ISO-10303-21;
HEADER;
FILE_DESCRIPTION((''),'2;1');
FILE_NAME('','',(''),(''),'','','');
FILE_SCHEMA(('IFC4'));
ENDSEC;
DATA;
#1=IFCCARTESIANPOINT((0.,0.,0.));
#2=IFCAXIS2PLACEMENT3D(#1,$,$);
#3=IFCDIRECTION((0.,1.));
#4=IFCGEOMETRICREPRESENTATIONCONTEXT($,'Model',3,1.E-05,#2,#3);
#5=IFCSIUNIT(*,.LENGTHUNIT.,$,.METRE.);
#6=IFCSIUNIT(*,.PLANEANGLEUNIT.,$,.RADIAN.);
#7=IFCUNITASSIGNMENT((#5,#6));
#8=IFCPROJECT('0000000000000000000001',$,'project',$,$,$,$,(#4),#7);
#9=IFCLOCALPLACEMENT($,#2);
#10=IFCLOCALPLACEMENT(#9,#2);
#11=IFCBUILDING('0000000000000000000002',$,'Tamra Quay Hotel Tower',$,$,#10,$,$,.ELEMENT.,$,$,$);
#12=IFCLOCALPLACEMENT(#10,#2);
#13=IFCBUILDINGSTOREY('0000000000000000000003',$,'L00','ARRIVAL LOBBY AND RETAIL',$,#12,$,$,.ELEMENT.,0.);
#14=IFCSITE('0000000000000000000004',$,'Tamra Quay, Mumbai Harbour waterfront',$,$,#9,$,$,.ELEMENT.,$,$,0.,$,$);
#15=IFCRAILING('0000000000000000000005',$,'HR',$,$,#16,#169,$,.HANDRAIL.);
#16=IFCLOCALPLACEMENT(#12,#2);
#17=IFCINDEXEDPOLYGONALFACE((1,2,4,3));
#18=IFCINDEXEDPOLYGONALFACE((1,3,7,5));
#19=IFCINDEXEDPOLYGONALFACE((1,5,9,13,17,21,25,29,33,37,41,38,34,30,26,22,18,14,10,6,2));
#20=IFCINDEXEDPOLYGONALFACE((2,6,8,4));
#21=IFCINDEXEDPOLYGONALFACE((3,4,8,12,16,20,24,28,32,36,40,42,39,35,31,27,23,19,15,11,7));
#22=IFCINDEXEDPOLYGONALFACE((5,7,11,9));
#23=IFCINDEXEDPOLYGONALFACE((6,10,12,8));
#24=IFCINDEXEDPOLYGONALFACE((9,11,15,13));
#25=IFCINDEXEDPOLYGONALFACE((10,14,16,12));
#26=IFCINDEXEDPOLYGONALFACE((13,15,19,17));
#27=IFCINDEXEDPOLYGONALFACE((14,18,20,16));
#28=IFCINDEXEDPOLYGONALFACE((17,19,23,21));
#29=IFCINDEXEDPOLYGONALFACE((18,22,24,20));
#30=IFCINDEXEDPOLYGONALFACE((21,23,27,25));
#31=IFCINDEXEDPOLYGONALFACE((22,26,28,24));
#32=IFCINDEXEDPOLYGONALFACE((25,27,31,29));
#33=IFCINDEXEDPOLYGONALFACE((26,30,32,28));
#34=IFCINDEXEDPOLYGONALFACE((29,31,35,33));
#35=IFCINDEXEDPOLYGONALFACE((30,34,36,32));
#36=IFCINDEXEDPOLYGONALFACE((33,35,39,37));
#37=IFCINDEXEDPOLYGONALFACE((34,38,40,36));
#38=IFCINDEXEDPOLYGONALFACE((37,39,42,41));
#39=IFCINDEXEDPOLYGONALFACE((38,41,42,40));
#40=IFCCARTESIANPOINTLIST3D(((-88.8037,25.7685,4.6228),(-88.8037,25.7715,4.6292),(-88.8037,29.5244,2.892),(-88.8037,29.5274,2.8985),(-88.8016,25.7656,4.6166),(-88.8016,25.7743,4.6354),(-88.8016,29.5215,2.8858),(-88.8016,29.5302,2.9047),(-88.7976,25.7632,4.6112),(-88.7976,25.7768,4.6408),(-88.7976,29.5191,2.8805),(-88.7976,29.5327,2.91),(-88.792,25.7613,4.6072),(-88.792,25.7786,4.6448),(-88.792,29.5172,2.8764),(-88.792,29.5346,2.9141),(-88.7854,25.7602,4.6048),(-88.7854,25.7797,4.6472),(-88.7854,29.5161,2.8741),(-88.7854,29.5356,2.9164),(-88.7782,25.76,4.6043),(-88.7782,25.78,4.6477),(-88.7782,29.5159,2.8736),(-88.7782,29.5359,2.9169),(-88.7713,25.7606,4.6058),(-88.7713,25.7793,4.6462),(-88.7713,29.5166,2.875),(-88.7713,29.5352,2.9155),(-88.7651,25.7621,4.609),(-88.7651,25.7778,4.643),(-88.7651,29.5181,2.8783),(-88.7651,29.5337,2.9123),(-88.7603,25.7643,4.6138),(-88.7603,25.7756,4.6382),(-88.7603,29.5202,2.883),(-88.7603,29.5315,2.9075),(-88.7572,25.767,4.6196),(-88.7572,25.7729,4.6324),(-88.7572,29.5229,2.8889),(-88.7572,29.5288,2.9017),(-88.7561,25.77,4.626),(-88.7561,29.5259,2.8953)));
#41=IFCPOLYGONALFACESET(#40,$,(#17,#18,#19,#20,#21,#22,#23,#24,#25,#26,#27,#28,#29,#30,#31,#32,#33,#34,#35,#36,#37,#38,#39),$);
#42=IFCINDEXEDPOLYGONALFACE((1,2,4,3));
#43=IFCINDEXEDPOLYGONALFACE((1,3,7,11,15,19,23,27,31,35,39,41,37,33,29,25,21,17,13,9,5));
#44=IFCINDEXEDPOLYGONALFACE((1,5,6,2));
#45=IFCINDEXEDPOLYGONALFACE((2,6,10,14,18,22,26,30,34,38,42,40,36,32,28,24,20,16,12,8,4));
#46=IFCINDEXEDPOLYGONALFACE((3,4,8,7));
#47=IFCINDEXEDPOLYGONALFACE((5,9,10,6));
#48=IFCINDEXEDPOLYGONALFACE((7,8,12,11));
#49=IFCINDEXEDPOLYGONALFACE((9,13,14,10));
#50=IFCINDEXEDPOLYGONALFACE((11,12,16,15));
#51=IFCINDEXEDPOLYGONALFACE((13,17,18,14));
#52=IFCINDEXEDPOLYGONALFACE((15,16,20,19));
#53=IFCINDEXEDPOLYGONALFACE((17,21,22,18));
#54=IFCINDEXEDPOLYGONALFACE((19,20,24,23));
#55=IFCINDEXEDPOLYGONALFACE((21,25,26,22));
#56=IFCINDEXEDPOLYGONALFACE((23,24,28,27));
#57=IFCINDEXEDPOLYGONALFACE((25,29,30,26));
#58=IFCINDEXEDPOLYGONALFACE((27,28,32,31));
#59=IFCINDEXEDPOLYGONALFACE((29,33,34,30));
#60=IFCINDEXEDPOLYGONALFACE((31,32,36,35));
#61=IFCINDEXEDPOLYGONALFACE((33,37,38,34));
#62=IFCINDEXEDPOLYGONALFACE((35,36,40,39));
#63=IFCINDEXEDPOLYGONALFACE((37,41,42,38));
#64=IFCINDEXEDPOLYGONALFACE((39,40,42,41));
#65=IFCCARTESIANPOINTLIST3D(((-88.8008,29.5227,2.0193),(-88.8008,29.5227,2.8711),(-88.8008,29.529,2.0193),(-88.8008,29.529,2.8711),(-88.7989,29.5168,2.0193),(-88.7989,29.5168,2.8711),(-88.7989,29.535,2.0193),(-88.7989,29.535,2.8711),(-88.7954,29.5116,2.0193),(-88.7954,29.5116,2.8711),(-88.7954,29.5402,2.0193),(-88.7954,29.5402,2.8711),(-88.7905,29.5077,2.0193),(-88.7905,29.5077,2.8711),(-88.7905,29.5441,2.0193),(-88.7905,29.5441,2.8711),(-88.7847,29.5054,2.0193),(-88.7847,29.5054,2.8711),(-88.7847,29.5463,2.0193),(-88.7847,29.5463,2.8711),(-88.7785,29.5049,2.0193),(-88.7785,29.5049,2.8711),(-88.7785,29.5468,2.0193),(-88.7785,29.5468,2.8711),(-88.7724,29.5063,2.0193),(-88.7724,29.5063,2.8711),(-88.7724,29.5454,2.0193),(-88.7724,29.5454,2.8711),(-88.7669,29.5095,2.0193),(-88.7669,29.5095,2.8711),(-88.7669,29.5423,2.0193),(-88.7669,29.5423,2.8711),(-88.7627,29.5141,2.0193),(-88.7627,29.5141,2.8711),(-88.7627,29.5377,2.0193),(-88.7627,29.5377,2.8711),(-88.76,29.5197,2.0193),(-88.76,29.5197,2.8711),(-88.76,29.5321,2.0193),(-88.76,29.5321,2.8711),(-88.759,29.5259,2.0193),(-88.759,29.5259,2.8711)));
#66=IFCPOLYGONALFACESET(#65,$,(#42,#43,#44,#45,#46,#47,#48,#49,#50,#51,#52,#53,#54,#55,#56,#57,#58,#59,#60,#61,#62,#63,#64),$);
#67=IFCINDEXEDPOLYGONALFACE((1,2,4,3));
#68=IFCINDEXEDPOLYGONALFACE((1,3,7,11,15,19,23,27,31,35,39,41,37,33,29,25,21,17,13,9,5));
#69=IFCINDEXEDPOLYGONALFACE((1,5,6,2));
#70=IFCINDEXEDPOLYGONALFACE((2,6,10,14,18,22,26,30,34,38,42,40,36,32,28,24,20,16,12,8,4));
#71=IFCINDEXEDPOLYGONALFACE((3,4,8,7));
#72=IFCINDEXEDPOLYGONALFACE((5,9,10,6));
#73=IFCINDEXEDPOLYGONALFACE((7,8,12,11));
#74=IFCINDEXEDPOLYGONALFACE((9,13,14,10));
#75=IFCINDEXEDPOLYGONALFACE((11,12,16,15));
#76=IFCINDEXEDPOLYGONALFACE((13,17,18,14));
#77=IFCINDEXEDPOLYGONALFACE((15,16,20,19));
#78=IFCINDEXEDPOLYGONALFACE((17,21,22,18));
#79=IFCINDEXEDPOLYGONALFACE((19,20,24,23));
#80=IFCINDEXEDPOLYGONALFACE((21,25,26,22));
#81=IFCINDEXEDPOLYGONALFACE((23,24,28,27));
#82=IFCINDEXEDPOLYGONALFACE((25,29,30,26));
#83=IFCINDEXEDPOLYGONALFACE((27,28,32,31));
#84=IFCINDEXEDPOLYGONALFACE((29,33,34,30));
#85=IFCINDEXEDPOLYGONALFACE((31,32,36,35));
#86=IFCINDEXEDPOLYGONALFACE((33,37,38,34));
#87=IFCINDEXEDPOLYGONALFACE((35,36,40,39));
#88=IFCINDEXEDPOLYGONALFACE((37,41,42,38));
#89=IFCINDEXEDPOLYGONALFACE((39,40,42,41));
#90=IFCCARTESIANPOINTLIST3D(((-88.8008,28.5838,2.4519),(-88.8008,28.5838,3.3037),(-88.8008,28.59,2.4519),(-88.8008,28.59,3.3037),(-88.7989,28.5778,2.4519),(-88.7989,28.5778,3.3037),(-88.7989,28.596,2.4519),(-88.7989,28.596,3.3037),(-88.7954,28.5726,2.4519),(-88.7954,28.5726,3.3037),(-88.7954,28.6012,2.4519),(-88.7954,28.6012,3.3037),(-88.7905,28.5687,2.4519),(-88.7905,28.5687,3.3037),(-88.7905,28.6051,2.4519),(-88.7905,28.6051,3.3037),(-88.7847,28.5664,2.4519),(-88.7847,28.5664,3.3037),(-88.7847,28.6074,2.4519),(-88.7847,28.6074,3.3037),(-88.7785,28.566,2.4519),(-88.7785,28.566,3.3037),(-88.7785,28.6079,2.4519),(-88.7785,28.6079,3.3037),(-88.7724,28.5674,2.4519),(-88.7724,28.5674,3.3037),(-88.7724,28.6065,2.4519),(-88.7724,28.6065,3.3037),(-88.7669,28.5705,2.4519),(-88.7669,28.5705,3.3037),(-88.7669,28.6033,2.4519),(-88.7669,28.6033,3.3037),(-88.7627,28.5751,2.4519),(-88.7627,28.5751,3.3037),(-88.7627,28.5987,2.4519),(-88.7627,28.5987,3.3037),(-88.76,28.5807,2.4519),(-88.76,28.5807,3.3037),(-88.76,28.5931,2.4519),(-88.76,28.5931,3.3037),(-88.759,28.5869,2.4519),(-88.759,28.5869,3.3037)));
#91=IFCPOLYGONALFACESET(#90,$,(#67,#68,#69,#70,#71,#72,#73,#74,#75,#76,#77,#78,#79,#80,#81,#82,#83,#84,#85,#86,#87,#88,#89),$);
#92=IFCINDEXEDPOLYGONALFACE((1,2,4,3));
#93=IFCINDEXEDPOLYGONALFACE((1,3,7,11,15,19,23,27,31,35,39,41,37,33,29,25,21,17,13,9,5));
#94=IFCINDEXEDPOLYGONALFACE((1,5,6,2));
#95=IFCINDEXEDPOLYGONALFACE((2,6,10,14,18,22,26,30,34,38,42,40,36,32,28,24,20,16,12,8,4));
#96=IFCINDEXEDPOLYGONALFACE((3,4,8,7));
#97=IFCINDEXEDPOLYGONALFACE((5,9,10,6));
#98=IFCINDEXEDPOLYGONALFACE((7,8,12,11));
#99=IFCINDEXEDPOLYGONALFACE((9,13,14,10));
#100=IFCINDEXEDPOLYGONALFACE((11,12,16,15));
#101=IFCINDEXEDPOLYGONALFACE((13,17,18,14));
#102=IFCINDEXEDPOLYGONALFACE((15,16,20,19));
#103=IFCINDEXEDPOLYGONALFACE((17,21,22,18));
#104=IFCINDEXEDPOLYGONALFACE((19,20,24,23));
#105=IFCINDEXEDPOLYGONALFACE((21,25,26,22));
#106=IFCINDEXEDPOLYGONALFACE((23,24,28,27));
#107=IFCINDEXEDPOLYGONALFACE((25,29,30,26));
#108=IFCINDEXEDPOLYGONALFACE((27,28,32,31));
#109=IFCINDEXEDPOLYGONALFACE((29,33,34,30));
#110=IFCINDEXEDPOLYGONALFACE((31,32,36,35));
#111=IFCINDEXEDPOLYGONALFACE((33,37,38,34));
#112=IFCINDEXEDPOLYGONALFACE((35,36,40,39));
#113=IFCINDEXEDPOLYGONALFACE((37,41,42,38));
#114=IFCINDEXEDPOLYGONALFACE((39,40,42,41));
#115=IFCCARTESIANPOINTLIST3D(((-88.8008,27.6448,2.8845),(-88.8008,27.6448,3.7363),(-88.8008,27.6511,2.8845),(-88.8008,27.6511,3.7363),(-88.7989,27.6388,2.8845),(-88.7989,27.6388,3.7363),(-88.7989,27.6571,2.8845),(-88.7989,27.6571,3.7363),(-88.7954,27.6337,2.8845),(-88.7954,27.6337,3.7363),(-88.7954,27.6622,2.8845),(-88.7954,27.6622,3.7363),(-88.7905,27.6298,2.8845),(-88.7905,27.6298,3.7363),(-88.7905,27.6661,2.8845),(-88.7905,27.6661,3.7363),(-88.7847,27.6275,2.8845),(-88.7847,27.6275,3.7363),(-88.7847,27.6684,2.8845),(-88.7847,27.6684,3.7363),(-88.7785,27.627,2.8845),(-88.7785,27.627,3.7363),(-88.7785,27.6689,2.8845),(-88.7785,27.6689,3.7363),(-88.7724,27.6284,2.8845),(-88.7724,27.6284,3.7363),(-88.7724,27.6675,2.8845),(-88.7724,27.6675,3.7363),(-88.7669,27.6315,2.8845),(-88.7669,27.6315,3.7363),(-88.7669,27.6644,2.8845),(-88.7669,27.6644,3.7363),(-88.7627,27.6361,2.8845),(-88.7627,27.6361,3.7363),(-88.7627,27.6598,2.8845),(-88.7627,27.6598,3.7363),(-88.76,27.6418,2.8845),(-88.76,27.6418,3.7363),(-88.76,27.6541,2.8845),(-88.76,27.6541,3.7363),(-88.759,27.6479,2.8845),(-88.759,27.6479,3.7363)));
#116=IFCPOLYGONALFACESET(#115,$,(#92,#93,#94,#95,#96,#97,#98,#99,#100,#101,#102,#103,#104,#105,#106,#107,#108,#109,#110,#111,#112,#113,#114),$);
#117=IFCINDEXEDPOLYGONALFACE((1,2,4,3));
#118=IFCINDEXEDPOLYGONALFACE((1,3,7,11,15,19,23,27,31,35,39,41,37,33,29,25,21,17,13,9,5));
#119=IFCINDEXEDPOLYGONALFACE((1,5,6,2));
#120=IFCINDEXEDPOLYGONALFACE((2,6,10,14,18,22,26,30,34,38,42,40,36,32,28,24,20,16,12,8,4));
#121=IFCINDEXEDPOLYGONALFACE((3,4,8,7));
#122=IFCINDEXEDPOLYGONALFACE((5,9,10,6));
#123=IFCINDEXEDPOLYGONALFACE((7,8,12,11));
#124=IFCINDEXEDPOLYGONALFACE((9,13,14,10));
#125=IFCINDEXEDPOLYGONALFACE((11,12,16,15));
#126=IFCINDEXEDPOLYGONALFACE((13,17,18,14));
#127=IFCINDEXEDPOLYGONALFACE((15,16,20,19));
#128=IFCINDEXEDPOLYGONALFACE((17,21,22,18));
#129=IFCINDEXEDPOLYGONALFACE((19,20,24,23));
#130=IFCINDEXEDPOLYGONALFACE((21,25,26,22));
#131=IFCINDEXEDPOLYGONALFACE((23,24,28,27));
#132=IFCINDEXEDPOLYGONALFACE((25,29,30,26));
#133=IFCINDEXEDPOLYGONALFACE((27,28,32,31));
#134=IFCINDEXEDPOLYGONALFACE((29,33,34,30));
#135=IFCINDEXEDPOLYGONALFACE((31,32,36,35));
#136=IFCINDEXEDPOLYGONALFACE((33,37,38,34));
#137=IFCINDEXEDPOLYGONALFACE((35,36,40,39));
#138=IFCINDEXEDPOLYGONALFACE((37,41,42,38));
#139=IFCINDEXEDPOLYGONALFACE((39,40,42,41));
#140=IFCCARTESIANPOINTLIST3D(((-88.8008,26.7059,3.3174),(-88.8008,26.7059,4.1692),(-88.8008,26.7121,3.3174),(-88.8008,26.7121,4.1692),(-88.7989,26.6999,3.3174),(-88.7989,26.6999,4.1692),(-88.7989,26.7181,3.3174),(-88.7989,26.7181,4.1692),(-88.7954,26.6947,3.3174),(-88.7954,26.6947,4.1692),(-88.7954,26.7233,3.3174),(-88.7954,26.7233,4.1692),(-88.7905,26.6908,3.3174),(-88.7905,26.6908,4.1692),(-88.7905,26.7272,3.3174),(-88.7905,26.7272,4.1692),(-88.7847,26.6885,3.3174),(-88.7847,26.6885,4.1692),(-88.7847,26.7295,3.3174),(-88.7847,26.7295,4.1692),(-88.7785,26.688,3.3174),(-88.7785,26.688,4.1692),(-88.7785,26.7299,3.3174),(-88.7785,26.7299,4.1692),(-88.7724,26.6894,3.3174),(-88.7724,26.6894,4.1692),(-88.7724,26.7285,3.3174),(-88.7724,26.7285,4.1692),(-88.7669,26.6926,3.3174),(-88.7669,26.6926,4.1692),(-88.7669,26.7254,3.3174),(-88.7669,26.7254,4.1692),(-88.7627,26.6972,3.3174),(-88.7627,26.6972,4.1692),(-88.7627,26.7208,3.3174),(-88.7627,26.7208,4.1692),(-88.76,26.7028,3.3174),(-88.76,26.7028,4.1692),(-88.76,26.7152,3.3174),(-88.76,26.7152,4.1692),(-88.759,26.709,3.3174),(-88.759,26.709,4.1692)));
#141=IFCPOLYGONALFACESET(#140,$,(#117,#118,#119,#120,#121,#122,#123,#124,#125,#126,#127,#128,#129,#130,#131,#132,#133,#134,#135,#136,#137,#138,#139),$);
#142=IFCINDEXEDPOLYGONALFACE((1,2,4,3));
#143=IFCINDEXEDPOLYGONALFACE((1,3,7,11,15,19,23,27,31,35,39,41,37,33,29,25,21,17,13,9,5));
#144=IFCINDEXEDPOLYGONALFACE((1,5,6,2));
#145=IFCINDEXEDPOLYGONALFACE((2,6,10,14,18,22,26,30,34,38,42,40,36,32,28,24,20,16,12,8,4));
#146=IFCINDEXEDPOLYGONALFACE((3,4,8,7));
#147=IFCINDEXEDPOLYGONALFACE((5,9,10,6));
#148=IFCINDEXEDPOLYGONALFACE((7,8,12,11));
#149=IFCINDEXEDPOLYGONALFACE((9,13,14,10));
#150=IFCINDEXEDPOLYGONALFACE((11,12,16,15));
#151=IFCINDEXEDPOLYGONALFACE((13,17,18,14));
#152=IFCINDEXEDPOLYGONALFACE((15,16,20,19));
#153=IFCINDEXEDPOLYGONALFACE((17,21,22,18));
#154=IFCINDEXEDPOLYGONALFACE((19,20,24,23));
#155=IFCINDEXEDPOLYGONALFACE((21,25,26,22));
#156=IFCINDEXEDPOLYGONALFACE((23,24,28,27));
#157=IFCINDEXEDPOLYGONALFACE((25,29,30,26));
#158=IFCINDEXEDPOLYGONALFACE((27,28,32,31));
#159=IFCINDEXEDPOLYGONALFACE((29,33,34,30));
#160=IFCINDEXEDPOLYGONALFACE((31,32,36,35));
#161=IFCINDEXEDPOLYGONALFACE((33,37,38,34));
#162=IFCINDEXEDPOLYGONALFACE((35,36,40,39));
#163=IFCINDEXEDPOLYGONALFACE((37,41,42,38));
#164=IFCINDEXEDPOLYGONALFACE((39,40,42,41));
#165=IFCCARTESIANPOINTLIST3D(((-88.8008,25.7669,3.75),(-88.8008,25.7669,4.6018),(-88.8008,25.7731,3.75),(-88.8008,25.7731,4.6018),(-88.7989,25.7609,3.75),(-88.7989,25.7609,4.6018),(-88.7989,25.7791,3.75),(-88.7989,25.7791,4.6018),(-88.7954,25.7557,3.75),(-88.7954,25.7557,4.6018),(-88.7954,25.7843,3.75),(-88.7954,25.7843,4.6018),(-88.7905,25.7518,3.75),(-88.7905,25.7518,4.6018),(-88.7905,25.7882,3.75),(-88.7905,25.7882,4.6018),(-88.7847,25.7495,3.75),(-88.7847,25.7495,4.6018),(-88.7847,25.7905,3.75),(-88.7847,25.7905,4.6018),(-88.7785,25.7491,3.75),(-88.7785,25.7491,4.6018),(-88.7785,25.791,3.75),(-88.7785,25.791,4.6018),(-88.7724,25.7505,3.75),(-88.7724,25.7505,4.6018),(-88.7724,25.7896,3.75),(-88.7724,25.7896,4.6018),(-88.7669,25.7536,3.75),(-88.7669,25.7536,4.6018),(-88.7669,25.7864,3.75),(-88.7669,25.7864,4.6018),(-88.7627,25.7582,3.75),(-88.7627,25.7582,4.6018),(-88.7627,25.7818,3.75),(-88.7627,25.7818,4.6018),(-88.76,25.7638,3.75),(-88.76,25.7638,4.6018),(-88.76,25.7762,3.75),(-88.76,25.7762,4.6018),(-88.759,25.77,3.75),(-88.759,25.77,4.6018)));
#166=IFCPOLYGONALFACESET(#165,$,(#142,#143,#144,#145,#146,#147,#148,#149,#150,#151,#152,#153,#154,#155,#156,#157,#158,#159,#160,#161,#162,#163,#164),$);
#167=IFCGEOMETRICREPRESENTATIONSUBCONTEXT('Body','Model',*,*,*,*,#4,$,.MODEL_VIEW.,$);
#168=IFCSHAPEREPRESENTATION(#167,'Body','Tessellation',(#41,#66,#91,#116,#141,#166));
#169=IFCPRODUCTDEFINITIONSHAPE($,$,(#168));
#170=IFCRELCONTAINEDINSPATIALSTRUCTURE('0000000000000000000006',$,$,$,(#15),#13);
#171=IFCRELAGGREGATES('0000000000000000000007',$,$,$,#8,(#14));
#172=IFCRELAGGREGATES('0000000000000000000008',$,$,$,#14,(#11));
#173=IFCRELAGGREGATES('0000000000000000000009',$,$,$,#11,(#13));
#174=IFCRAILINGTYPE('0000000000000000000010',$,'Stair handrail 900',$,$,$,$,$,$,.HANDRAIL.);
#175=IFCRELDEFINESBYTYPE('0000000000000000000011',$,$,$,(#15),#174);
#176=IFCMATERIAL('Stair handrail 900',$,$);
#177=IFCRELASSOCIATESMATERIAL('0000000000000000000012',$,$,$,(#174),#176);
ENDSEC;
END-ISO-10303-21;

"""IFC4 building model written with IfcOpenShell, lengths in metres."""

from ifc_helpers import new_model, si_unit, direction, frame, origin, origin_2d, place, context, subcontext, project, spatial, circle, extrude, material, type_object, element, save


model = new_model("IFC4")

# Units and contexts
model_context = context("Model", 3, precision=1e-05, world=origin(), true_north=direction((0.0, 1.0)))
body_context = subcontext(model_context, "Body", "Model", "MODEL_VIEW")
ifc_project = project(units=[si_unit("LENGTHUNIT", "METRE"), si_unit("PLANEANGLEUNIT", "RADIAN")], contexts=[model_context])

# Site, building, storey
site_placement = place(None, origin())
site = spatial("IfcSite", under=ifc_project, at=site_placement, Name="Tamra Quay, Mumbai Harbour waterfront", CompositionType="ELEMENT", RefElevation=0.0)
building_placement = place(site_placement, origin())
building = spatial("IfcBuilding", under=site, at=building_placement, Name="Tamra Quay Hotel Tower", CompositionType="ELEMENT")
storey_placement = place(building_placement, origin())
storey = spatial("IfcBuildingStorey", under=building, at=storey_placement, Name="L00", Description="ARRIVAL LOBBY AND RETAIL", CompositionType="ELEMENT", Elevation=0.0)

# Railing
ifc_material_1 = material(Name="Stair handrail 900")
railing_type_1 = type_object("IfcRailingType", Name="Stair handrail 900", PredefinedType="HANDRAIL", material=ifc_material_1)
railing_1_placement = place(storey_placement, frame((-88.78, 29.5259, 2.0193)))
element("IfcRailing", 1, at=railing_1_placement, inside=storey, type_object=railing_type_1, Name="HR", PredefinedType="HANDRAIL", context=body_context, shape_type="SweptSolid", body=[
    extrude(circle(Radius=0.0239, at=origin_2d()), frame((0.0, 0.0, 0.876), z_axis=(0.0, -0.908213, 0.418508), x_axis=(1.0, 0.0, 0.0)), (0.0, 0.0, 1.0), 4.1355),
    extrude(circle(Radius=0.021, at=origin_2d()), origin(), (0.0, 0.0, 1.0), 0.8518),
    extrude(circle(Radius=0.021, at=origin_2d()), frame((0.0, -0.939, 0.4326)), (0.0, 0.0, 1.0), 0.8518),
    extrude(circle(Radius=0.021, at=origin_2d()), frame((0.0, -1.8779, 0.8652)), (0.0, 0.0, 1.0), 0.8518),
    extrude(circle(Radius=0.021, at=origin_2d()), frame((0.0, -2.8169, 1.2981)), (0.0, 0.0, 1.0), 0.8518),
    extrude(circle(Radius=0.021, at=origin_2d()), frame((0.0, -3.7559, 1.7307)), (0.0, 0.0, 1.0), 0.8518),
])

save(model, "model.ifc")
